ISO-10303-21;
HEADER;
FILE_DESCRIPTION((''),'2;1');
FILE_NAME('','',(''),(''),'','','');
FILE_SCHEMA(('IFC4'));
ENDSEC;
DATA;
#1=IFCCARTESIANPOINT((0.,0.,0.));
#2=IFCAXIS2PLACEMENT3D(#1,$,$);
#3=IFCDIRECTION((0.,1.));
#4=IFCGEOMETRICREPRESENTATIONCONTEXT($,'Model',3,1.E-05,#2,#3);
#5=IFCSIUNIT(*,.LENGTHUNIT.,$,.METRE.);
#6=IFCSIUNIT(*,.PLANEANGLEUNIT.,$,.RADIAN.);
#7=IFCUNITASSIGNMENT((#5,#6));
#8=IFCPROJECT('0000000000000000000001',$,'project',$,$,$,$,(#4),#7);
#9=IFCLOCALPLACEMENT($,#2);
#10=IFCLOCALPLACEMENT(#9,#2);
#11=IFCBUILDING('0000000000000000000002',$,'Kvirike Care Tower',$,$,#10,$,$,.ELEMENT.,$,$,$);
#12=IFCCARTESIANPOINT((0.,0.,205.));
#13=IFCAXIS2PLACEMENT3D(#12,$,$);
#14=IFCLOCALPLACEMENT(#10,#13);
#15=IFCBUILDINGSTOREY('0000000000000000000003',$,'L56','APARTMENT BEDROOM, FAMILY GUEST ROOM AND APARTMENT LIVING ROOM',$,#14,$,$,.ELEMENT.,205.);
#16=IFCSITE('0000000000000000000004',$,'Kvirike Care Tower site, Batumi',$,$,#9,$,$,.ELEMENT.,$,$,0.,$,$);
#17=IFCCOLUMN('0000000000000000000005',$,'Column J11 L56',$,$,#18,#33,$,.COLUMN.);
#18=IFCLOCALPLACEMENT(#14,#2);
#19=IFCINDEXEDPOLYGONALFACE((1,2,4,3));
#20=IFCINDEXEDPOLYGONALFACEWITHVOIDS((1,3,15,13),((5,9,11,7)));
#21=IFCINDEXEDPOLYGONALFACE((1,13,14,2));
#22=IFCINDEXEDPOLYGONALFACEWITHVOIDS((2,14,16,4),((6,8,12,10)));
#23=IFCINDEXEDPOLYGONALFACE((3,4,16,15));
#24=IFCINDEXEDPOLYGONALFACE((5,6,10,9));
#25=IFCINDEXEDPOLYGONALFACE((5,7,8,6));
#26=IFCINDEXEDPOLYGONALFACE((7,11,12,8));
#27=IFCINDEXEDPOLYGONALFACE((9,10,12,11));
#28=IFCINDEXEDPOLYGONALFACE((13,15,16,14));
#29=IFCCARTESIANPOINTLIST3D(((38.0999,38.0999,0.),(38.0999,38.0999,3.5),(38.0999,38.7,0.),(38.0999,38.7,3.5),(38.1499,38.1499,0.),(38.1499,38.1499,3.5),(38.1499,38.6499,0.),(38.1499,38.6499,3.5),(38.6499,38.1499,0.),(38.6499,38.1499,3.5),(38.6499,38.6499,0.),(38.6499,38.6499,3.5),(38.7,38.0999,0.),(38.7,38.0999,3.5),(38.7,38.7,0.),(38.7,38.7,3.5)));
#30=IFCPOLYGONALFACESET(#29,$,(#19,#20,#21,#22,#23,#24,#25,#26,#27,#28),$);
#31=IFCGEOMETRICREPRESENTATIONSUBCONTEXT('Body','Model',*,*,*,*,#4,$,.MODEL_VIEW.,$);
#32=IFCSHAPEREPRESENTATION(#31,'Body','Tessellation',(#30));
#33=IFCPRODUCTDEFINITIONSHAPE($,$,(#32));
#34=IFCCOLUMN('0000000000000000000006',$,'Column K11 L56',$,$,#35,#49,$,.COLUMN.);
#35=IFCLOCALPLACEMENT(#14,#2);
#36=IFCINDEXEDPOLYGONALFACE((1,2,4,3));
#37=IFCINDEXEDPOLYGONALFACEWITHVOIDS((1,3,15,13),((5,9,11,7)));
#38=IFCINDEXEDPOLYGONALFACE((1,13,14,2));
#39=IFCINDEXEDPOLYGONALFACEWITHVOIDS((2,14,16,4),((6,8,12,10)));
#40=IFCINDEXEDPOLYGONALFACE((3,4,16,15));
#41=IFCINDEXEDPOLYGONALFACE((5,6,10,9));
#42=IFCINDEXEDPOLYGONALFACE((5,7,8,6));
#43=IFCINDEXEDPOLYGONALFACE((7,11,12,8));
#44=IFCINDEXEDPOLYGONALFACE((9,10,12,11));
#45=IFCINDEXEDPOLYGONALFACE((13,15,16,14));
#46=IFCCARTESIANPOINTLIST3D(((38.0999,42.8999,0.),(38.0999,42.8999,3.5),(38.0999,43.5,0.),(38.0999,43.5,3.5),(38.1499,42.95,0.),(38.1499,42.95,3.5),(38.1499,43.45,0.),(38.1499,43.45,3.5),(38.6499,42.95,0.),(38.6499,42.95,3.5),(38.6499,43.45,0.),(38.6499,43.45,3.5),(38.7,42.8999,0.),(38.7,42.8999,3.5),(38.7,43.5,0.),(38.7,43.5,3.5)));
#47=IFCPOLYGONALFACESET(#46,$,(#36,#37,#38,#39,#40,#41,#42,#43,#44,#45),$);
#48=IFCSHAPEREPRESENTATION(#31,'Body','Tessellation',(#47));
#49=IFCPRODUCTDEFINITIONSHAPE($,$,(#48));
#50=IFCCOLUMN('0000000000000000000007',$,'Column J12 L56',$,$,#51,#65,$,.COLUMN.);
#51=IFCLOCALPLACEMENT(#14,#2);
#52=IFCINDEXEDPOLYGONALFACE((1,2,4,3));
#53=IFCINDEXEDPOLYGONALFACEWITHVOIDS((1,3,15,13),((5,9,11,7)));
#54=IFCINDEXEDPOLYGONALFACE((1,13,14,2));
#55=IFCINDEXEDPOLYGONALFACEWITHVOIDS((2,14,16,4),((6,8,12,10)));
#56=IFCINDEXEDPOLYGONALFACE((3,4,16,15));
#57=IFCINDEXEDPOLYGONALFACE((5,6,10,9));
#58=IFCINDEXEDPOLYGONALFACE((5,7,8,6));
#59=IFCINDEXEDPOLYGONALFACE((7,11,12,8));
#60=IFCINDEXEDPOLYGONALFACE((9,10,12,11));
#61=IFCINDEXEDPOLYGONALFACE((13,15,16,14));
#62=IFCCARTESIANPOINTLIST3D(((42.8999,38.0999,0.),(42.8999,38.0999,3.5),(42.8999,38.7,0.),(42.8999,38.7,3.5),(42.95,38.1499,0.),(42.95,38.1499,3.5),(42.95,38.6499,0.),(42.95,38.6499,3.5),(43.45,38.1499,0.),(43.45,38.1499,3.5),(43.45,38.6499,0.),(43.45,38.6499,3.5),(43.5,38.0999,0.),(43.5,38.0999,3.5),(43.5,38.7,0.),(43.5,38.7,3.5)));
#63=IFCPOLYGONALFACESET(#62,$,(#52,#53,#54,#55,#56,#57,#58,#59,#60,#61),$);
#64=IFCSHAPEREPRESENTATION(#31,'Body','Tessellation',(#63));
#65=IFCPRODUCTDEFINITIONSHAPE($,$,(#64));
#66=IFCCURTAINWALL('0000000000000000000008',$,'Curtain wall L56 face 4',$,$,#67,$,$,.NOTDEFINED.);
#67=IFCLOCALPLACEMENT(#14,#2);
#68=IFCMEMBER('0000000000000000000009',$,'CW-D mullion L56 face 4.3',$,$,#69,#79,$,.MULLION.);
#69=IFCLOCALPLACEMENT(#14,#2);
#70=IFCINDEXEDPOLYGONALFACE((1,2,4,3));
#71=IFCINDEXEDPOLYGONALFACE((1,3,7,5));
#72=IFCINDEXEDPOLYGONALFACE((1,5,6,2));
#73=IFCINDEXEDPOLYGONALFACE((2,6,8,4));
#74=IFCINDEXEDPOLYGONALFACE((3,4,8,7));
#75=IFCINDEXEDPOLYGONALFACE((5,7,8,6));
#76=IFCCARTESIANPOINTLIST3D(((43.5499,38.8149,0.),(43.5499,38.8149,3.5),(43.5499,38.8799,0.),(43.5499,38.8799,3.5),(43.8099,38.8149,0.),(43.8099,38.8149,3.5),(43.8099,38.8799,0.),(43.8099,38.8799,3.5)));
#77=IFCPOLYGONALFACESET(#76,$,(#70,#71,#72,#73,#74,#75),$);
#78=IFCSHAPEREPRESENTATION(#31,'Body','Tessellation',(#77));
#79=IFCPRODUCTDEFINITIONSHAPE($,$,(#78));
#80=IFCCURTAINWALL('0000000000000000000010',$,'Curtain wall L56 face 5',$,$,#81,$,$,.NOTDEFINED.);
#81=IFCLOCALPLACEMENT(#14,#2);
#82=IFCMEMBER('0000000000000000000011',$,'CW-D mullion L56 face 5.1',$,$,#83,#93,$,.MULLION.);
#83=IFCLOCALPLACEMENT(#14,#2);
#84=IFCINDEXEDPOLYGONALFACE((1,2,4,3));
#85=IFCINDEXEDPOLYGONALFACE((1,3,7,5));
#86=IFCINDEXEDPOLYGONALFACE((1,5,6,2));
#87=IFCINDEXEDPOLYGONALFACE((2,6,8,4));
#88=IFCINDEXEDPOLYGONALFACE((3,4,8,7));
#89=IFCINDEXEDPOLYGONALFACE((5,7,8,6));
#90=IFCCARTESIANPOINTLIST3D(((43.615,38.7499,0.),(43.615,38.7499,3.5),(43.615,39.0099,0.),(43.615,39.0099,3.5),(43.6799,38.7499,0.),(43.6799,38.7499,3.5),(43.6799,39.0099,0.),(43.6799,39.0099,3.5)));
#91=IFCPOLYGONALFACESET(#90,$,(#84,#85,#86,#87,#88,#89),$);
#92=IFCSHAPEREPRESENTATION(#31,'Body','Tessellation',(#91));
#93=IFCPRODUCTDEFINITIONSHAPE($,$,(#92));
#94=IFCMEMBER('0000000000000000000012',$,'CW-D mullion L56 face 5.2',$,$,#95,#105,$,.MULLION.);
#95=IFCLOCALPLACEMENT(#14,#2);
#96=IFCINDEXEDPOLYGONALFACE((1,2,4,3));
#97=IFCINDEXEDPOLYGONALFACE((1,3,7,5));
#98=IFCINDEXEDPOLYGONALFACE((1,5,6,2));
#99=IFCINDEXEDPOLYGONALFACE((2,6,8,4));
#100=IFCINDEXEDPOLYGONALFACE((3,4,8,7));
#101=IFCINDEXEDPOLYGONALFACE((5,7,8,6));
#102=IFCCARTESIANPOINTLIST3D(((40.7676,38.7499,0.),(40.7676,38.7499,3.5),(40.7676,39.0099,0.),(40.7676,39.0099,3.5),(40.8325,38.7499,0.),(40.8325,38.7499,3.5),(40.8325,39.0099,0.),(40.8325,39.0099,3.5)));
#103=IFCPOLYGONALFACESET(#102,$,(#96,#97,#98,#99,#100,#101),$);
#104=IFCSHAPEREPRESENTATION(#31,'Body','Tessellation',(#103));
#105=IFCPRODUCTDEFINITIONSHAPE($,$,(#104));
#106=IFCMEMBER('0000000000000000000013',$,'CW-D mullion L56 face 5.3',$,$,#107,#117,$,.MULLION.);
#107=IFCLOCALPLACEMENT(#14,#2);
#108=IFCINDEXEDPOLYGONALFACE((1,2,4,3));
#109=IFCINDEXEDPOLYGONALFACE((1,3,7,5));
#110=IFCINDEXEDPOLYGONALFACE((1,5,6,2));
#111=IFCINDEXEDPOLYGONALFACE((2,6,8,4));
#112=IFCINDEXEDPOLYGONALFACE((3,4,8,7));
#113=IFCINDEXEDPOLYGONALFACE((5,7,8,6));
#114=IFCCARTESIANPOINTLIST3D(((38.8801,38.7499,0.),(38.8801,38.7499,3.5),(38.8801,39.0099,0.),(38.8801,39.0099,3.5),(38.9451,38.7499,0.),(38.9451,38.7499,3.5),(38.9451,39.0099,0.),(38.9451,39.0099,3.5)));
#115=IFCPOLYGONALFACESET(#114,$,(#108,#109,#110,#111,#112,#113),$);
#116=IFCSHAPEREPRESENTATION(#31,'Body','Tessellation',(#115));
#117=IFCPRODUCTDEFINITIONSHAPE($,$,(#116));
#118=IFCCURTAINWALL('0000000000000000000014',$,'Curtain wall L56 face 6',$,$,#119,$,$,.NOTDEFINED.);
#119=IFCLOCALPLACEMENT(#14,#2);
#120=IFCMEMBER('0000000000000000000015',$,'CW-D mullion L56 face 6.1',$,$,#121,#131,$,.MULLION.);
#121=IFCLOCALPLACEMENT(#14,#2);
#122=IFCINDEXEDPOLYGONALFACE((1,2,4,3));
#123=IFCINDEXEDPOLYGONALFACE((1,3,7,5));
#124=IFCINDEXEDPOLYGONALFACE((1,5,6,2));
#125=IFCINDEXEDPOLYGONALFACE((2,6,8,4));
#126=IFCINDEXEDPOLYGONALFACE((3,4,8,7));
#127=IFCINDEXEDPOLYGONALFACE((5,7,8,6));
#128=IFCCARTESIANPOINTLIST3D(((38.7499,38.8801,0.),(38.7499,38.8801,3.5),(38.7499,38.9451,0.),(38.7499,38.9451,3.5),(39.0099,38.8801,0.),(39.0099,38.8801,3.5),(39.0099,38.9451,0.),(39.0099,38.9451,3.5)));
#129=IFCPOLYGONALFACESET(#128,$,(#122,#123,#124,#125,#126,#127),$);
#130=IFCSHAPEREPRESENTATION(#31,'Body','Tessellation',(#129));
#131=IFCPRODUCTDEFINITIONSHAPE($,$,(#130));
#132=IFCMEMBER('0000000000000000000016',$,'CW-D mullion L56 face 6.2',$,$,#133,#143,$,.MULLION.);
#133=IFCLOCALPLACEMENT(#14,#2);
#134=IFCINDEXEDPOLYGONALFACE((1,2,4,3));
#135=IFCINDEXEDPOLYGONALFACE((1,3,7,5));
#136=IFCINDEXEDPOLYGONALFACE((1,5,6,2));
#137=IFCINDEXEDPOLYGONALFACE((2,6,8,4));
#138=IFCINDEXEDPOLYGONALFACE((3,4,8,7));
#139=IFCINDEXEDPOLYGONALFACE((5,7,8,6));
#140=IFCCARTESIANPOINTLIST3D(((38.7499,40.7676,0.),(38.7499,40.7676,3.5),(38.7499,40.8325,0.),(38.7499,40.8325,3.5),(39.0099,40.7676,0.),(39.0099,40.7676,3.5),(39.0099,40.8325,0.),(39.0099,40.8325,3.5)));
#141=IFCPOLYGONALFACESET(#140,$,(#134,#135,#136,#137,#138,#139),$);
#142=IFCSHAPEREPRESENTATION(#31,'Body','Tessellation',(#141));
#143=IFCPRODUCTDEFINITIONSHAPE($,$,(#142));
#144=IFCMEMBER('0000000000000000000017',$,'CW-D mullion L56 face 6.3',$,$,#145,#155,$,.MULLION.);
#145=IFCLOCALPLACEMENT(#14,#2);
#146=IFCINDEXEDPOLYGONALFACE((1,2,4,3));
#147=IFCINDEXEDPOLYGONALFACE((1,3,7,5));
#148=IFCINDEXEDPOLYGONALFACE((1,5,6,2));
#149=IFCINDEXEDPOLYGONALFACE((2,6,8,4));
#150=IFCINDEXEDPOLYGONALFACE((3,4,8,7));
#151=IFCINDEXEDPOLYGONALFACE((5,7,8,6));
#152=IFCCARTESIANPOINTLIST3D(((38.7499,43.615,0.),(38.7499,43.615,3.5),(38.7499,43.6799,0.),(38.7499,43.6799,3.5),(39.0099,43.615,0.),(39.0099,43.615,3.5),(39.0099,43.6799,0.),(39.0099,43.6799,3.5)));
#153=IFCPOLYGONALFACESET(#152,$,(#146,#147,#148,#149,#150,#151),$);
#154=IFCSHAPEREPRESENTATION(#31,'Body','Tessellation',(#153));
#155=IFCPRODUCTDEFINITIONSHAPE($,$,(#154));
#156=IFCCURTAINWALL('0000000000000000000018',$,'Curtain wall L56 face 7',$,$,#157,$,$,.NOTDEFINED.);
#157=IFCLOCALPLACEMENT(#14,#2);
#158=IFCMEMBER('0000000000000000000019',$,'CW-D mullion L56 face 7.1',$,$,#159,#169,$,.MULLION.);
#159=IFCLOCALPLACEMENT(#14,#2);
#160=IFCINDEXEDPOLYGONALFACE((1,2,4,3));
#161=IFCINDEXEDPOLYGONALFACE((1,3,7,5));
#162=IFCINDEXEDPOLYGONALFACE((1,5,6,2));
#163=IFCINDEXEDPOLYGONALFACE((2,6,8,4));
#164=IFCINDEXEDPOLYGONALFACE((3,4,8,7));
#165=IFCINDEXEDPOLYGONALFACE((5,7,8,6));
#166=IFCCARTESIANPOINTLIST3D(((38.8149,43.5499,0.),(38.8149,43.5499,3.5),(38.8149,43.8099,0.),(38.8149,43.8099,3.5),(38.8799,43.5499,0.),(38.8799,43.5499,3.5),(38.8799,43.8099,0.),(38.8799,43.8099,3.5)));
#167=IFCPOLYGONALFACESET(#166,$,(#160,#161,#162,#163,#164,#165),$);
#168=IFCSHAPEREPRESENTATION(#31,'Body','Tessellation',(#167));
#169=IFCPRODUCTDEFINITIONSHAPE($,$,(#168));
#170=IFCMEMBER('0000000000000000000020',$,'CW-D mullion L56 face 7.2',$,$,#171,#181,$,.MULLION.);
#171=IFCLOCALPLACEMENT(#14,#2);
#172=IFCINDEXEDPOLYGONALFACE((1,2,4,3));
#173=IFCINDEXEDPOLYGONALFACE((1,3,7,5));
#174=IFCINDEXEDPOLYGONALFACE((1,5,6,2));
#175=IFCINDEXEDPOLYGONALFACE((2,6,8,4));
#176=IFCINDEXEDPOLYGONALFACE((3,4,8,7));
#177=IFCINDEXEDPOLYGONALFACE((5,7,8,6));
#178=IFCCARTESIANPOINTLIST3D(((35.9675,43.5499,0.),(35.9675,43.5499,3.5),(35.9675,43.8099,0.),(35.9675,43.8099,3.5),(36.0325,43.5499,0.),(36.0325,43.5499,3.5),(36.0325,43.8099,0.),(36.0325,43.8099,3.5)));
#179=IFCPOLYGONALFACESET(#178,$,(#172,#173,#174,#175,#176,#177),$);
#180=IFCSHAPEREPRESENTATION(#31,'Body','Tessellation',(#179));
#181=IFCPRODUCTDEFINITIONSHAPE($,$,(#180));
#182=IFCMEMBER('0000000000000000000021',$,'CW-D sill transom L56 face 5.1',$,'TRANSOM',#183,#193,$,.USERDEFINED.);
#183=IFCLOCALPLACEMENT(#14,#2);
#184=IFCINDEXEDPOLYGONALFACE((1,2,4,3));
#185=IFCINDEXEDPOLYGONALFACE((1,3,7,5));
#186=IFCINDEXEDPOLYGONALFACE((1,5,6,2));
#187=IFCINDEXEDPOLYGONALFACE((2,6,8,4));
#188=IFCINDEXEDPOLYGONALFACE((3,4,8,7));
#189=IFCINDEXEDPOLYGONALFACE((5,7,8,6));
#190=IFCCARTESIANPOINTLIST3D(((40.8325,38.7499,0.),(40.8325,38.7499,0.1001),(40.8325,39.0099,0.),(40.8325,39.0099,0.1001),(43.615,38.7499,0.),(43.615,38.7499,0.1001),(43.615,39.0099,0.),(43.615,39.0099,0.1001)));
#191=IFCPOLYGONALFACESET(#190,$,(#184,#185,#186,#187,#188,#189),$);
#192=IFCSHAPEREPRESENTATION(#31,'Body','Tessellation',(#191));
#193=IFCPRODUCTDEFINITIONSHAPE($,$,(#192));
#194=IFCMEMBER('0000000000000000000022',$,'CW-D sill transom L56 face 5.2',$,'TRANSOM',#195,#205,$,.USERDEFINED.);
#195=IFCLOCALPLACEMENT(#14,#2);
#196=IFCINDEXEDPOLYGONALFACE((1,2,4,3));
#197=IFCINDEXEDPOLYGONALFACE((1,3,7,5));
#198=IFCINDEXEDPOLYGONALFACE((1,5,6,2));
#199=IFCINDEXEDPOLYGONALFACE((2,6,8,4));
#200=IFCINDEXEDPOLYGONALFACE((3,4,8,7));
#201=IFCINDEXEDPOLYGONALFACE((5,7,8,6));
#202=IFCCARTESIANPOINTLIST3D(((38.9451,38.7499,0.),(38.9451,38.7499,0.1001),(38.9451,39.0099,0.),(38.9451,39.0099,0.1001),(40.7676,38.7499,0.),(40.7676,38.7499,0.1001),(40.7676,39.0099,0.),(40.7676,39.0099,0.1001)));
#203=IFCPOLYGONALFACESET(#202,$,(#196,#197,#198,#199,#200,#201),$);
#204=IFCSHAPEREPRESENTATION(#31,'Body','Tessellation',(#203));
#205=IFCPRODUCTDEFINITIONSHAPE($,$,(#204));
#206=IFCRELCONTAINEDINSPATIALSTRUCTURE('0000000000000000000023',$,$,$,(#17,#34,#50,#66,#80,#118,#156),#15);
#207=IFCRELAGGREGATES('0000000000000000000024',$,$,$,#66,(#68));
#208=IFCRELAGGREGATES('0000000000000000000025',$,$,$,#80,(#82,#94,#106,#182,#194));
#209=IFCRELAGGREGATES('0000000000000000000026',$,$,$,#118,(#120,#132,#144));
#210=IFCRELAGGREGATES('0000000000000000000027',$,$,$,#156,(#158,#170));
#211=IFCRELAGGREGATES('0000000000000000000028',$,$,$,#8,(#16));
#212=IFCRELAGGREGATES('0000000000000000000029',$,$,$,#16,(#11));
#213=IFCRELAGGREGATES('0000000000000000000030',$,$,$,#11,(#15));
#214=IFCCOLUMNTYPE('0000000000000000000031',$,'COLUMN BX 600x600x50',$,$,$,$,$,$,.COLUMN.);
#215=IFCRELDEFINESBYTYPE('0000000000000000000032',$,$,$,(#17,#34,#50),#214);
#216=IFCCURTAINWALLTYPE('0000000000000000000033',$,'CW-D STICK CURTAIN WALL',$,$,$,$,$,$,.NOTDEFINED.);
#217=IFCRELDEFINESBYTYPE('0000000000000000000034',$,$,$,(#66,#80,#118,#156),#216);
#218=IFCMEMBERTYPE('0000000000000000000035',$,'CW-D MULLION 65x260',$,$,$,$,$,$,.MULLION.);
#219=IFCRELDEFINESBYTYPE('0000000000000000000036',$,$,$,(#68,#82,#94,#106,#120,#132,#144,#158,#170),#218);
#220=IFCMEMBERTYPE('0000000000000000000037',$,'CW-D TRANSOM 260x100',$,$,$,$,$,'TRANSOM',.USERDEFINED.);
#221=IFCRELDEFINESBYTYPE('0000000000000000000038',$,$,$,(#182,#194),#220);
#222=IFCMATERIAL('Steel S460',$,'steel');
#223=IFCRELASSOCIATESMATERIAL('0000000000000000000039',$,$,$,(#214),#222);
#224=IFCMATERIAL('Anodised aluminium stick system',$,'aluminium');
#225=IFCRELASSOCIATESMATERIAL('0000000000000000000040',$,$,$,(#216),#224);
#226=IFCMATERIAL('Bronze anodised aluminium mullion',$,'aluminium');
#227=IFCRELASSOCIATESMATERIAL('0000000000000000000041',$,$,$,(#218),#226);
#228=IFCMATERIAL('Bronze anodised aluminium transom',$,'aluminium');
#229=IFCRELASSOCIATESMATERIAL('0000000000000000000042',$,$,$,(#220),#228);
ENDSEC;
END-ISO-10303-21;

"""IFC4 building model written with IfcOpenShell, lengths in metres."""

from ifc_helpers import new_model, si_unit, direction, frame, origin, origin_2d, place, context, subcontext, project, spatial, rectangle, hollow_rectangle, extrude, material, material_profile, profile_set, type_object, element, aggregate, save


model = new_model("IFC4")

# Units and contexts
model_context = context("Model", 3, precision=1e-05, world=origin(), true_north=direction((0.0, 1.0)))
body_context = subcontext(model_context, "Body", "Model", "MODEL_VIEW")
ifc_project = project(units=[si_unit("LENGTHUNIT", "METRE"), si_unit("PLANEANGLEUNIT", "RADIAN")], contexts=[model_context])

# Site, building, storey
site_placement = place(None, origin())
site = spatial("IfcSite", under=ifc_project, at=site_placement, Name="Kvirike Care Tower site, Batumi", CompositionType="ELEMENT", RefElevation=0.0)
building_placement = place(site_placement, origin())
building = spatial("IfcBuilding", under=site, at=building_placement, Name="Kvirike Care Tower", CompositionType="ELEMENT")
storey_placement = place(building_placement, frame((0.0, 0.0, 205.0)))
storey = spatial("IfcBuildingStorey", under=building, at=storey_placement, Name="L56", Description="APARTMENT BEDROOM, FAMILY GUEST ROOM AND APARTMENT LIVING ROOM", CompositionType="ELEMENT", Elevation=205.0)

# Columns
ifc_material_1 = material(Name="Steel S460", Category="steel")
ifc_material_profile_1 = material_profile(ifc_material_1, hollow_rectangle(XDim=0.6001, YDim=0.6001, WallThickness=0.05, at=origin_2d()), Name="BX 600x600x50")
ifc_profile_set_1 = profile_set([ifc_material_profile_1], Name="Steel S460")
column_type = type_object("IfcColumnType", Name="COLUMN BX 600x600x50", PredefinedType="COLUMN", material=ifc_profile_set_1)
for number, where, z_axis, x_axis, name in (
    (1, (38.3999, 38.3999, 0.0), (0.0, 0.0, 1.0), (0.0, 1.0, 0.0), "Column J11 L56"),
    (2, (38.3999, 43.2, 0.0), (0.0, 0.0, 1.0), (0.0, 1.0, 0.0), "Column K11 L56"),
    (3, (43.2, 38.3999, 0.0), (0.0, 0.0, 1.0), (0.0, 1.0, 0.0), "Column J12 L56"),
):
    element("IfcColumn", number, at=place(storey_placement, frame(where, z_axis=z_axis, x_axis=x_axis)), inside=storey, type_object=column_type, Name=name, PredefinedType="COLUMN", context=body_context, shape_type="SweptSolid", body=[
        extrude(hollow_rectangle(XDim=0.6001, YDim=0.6001, WallThickness=0.05, at=origin_2d()), origin(), (0.0, 0.0, 1.0), 3.5),
    ])

# Curtain wall, member
ifc_material_2 = material(Name="Anodised aluminium stick system", Category="aluminium")
curtain_wall_type = type_object("IfcCurtainWallType", Name="CW-D STICK CURTAIN WALL", PredefinedType="NOTDEFINED", material=ifc_material_2)
curtain_wall_1_placement = place(storey_placement, origin())
curtain_wall_1 = element("IfcCurtainWall", 4, at=curtain_wall_1_placement, inside=storey, type_object=curtain_wall_type, Name="Curtain wall L56 face 4", PredefinedType="NOTDEFINED")
ifc_material_3 = material(Name="Bronze anodised aluminium mullion", Category="aluminium")
ifc_material_profile_2 = material_profile(ifc_material_3, rectangle(XDim=0.0649, YDim=0.26, at=origin_2d()), Name="CW-D MULLION 65x260")
ifc_profile_set_2 = profile_set([ifc_material_profile_2], Name="Bronze anodised aluminium mullion")
member_type_1 = type_object("IfcMemberType", Name="CW-D MULLION 65x260", PredefinedType="MULLION", material=ifc_profile_set_2)
member_1_placement = place(storey_placement, frame((43.6799, 38.8474, 0.0), z_axis=(0.0, 0.0, 1.0), x_axis=(0.0, 1.0, 0.0)))
member_1 = element("IfcMember", 5, at=member_1_placement, type_object=member_type_1, Name="CW-D mullion L56 face 4.3", PredefinedType="MULLION", context=body_context, shape_type="SweptSolid", body=[
    extrude(rectangle(XDim=0.0649, YDim=0.26, at=origin_2d()), origin(), (0.0, 0.0, 1.0), 3.5),
])

# Curtain walls, members
curtain_wall_2_placement = place(storey_placement, origin())
curtain_wall_2 = element("IfcCurtainWall", 6, at=curtain_wall_2_placement, inside=storey, type_object=curtain_wall_type, Name="Curtain wall L56 face 5", PredefinedType="NOTDEFINED")
member_2_placement = place(storey_placement, frame((43.6475, 38.8799, 0.0), z_axis=(0.0, 0.0, 1.0), x_axis=(-1.0, 0.0, 0.0)))
member_2 = element("IfcMember", 7, at=member_2_placement, type_object=member_type_1, Name="CW-D mullion L56 face 5.1", PredefinedType="MULLION", context=body_context, shape_type="SweptSolid", body=[
    extrude(rectangle(XDim=0.0649, YDim=0.26, at=origin_2d()), origin(), (0.0, 0.0, 1.0), 3.5),
])
member_3_placement = place(storey_placement, frame((40.8, 38.8799, 0.0), z_axis=(0.0, 0.0, 1.0), x_axis=(-1.0, 0.0, 0.0)))
member_3 = element("IfcMember", 8, at=member_3_placement, type_object=member_type_1, Name="CW-D mullion L56 face 5.2", PredefinedType="MULLION", context=body_context, shape_type="SweptSolid", body=[
    extrude(rectangle(XDim=0.0649, YDim=0.26, at=origin_2d()), origin(), (0.0, 0.0, 1.0), 3.5),
])
member_4_placement = place(storey_placement, frame((38.9126, 38.8799, 0.0), z_axis=(0.0, 0.0, 1.0), x_axis=(-1.0, 0.0, 0.0)))
member_4 = element("IfcMember", 9, at=member_4_placement, type_object=member_type_1, Name="CW-D mullion L56 face 5.3", PredefinedType="MULLION", context=body_context, shape_type="SweptSolid", body=[
    extrude(rectangle(XDim=0.0649, YDim=0.26, at=origin_2d()), origin(), (0.0, 0.0, 1.0), 3.5),
])
curtain_wall_3_placement = place(storey_placement, origin())
curtain_wall_3 = element("IfcCurtainWall", 10, at=curtain_wall_3_placement, inside=storey, type_object=curtain_wall_type, Name="Curtain wall L56 face 6", PredefinedType="NOTDEFINED")
member_5_placement = place(storey_placement, frame((38.8799, 38.9126, 0.0), z_axis=(0.0, 0.0, 1.0), x_axis=(0.0, 1.0, 0.0)))
member_5 = element("IfcMember", 11, at=member_5_placement, type_object=member_type_1, Name="CW-D mullion L56 face 6.1", PredefinedType="MULLION", context=body_context, shape_type="SweptSolid", body=[
    extrude(rectangle(XDim=0.0649, YDim=0.26, at=origin_2d()), origin(), (0.0, 0.0, 1.0), 3.5),
])
member_6_placement = place(storey_placement, frame((38.8799, 40.8, 0.0), z_axis=(0.0, 0.0, 1.0), x_axis=(0.0, 1.0, 0.0)))
member_6 = element("IfcMember", 12, at=member_6_placement, type_object=member_type_1, Name="CW-D mullion L56 face 6.2", PredefinedType="MULLION", context=body_context, shape_type="SweptSolid", body=[
    extrude(rectangle(XDim=0.0649, YDim=0.26, at=origin_2d()), origin(), (0.0, 0.0, 1.0), 3.5),
])
member_7_placement = place(storey_placement, frame((38.8799, 43.6475, 0.0), z_axis=(0.0, 0.0, 1.0), x_axis=(0.0, 1.0, 0.0)))
member_7 = element("IfcMember", 13, at=member_7_placement, type_object=member_type_1, Name="CW-D mullion L56 face 6.3", PredefinedType="MULLION", context=body_context, shape_type="SweptSolid", body=[
    extrude(rectangle(XDim=0.0649, YDim=0.26, at=origin_2d()), origin(), (0.0, 0.0, 1.0), 3.5),
])
curtain_wall_4_placement = place(storey_placement, origin())
curtain_wall_4 = element("IfcCurtainWall", 14, at=curtain_wall_4_placement, inside=storey, type_object=curtain_wall_type, Name="Curtain wall L56 face 7", PredefinedType="NOTDEFINED")
member_8_placement = place(storey_placement, frame((38.8474, 43.6799, 0.0), z_axis=(0.0, 0.0, 1.0), x_axis=(-1.0, 0.0, 0.0)))
member_8 = element("IfcMember", 15, at=member_8_placement, type_object=member_type_1, Name="CW-D mullion L56 face 7.1", PredefinedType="MULLION", context=body_context, shape_type="SweptSolid", body=[
    extrude(rectangle(XDim=0.0649, YDim=0.26, at=origin_2d()), origin(), (0.0, 0.0, 1.0), 3.5),
])
member_9_placement = place(storey_placement, frame((36.0, 43.6799, 0.0), z_axis=(0.0, 0.0, 1.0), x_axis=(-1.0, 0.0, 0.0)))
member_9 = element("IfcMember", 16, at=member_9_placement, type_object=member_type_1, Name="CW-D mullion L56 face 7.2", PredefinedType="MULLION", context=body_context, shape_type="SweptSolid", body=[
    extrude(rectangle(XDim=0.0649, YDim=0.26, at=origin_2d()), origin(), (0.0, 0.0, 1.0), 3.5),
])

# Members
ifc_material_4 = material(Name="Bronze anodised aluminium transom", Category="aluminium")
ifc_material_profile_3 = material_profile(ifc_material_4, rectangle(XDim=0.26, YDim=0.1001, at=origin_2d()), Name="CW-D TRANSOM 260x100")
ifc_profile_set_3 = profile_set([ifc_material_profile_3], Name="Bronze anodised aluminium transom")
member_type_2 = type_object("IfcMemberType", Name="CW-D TRANSOM 260x100", ElementType="TRANSOM", PredefinedType="USERDEFINED", material=ifc_profile_set_3)
member_10_placement = place(storey_placement, frame((43.615, 38.8799, 0.05), z_axis=(-1.0, 0.0, 0.0), x_axis=(0.0, -1.0, 0.0)))
member_10 = element("IfcMember", 17, at=member_10_placement, type_object=member_type_2, Name="CW-D sill transom L56 face 5.1", ObjectType="TRANSOM", PredefinedType="USERDEFINED", context=body_context, shape_type="SweptSolid", body=[
    extrude(rectangle(XDim=0.26, YDim=0.1001, at=origin_2d()), origin(), (0.0, 0.0, 1.0), 2.7825),
])
member_11_placement = place(storey_placement, frame((40.7676, 38.8799, 0.05), z_axis=(-1.0, 0.0, 0.0), x_axis=(0.0, -1.0, 0.0)))
member_11 = element("IfcMember", 18, at=member_11_placement, type_object=member_type_2, Name="CW-D sill transom L56 face 5.2", ObjectType="TRANSOM", PredefinedType="USERDEFINED", context=body_context, shape_type="SweptSolid", body=[
    extrude(rectangle(XDim=0.26, YDim=0.1001, at=origin_2d()), origin(), (0.0, 0.0, 1.0), 1.8225),
])

aggregate(curtain_wall_1, [member_1])
aggregate(curtain_wall_2, [member_2, member_3, member_4, member_10, member_11])
aggregate(curtain_wall_3, [member_5, member_6, member_7])
aggregate(curtain_wall_4, [member_8, member_9])

save(model, "model.ifc")
